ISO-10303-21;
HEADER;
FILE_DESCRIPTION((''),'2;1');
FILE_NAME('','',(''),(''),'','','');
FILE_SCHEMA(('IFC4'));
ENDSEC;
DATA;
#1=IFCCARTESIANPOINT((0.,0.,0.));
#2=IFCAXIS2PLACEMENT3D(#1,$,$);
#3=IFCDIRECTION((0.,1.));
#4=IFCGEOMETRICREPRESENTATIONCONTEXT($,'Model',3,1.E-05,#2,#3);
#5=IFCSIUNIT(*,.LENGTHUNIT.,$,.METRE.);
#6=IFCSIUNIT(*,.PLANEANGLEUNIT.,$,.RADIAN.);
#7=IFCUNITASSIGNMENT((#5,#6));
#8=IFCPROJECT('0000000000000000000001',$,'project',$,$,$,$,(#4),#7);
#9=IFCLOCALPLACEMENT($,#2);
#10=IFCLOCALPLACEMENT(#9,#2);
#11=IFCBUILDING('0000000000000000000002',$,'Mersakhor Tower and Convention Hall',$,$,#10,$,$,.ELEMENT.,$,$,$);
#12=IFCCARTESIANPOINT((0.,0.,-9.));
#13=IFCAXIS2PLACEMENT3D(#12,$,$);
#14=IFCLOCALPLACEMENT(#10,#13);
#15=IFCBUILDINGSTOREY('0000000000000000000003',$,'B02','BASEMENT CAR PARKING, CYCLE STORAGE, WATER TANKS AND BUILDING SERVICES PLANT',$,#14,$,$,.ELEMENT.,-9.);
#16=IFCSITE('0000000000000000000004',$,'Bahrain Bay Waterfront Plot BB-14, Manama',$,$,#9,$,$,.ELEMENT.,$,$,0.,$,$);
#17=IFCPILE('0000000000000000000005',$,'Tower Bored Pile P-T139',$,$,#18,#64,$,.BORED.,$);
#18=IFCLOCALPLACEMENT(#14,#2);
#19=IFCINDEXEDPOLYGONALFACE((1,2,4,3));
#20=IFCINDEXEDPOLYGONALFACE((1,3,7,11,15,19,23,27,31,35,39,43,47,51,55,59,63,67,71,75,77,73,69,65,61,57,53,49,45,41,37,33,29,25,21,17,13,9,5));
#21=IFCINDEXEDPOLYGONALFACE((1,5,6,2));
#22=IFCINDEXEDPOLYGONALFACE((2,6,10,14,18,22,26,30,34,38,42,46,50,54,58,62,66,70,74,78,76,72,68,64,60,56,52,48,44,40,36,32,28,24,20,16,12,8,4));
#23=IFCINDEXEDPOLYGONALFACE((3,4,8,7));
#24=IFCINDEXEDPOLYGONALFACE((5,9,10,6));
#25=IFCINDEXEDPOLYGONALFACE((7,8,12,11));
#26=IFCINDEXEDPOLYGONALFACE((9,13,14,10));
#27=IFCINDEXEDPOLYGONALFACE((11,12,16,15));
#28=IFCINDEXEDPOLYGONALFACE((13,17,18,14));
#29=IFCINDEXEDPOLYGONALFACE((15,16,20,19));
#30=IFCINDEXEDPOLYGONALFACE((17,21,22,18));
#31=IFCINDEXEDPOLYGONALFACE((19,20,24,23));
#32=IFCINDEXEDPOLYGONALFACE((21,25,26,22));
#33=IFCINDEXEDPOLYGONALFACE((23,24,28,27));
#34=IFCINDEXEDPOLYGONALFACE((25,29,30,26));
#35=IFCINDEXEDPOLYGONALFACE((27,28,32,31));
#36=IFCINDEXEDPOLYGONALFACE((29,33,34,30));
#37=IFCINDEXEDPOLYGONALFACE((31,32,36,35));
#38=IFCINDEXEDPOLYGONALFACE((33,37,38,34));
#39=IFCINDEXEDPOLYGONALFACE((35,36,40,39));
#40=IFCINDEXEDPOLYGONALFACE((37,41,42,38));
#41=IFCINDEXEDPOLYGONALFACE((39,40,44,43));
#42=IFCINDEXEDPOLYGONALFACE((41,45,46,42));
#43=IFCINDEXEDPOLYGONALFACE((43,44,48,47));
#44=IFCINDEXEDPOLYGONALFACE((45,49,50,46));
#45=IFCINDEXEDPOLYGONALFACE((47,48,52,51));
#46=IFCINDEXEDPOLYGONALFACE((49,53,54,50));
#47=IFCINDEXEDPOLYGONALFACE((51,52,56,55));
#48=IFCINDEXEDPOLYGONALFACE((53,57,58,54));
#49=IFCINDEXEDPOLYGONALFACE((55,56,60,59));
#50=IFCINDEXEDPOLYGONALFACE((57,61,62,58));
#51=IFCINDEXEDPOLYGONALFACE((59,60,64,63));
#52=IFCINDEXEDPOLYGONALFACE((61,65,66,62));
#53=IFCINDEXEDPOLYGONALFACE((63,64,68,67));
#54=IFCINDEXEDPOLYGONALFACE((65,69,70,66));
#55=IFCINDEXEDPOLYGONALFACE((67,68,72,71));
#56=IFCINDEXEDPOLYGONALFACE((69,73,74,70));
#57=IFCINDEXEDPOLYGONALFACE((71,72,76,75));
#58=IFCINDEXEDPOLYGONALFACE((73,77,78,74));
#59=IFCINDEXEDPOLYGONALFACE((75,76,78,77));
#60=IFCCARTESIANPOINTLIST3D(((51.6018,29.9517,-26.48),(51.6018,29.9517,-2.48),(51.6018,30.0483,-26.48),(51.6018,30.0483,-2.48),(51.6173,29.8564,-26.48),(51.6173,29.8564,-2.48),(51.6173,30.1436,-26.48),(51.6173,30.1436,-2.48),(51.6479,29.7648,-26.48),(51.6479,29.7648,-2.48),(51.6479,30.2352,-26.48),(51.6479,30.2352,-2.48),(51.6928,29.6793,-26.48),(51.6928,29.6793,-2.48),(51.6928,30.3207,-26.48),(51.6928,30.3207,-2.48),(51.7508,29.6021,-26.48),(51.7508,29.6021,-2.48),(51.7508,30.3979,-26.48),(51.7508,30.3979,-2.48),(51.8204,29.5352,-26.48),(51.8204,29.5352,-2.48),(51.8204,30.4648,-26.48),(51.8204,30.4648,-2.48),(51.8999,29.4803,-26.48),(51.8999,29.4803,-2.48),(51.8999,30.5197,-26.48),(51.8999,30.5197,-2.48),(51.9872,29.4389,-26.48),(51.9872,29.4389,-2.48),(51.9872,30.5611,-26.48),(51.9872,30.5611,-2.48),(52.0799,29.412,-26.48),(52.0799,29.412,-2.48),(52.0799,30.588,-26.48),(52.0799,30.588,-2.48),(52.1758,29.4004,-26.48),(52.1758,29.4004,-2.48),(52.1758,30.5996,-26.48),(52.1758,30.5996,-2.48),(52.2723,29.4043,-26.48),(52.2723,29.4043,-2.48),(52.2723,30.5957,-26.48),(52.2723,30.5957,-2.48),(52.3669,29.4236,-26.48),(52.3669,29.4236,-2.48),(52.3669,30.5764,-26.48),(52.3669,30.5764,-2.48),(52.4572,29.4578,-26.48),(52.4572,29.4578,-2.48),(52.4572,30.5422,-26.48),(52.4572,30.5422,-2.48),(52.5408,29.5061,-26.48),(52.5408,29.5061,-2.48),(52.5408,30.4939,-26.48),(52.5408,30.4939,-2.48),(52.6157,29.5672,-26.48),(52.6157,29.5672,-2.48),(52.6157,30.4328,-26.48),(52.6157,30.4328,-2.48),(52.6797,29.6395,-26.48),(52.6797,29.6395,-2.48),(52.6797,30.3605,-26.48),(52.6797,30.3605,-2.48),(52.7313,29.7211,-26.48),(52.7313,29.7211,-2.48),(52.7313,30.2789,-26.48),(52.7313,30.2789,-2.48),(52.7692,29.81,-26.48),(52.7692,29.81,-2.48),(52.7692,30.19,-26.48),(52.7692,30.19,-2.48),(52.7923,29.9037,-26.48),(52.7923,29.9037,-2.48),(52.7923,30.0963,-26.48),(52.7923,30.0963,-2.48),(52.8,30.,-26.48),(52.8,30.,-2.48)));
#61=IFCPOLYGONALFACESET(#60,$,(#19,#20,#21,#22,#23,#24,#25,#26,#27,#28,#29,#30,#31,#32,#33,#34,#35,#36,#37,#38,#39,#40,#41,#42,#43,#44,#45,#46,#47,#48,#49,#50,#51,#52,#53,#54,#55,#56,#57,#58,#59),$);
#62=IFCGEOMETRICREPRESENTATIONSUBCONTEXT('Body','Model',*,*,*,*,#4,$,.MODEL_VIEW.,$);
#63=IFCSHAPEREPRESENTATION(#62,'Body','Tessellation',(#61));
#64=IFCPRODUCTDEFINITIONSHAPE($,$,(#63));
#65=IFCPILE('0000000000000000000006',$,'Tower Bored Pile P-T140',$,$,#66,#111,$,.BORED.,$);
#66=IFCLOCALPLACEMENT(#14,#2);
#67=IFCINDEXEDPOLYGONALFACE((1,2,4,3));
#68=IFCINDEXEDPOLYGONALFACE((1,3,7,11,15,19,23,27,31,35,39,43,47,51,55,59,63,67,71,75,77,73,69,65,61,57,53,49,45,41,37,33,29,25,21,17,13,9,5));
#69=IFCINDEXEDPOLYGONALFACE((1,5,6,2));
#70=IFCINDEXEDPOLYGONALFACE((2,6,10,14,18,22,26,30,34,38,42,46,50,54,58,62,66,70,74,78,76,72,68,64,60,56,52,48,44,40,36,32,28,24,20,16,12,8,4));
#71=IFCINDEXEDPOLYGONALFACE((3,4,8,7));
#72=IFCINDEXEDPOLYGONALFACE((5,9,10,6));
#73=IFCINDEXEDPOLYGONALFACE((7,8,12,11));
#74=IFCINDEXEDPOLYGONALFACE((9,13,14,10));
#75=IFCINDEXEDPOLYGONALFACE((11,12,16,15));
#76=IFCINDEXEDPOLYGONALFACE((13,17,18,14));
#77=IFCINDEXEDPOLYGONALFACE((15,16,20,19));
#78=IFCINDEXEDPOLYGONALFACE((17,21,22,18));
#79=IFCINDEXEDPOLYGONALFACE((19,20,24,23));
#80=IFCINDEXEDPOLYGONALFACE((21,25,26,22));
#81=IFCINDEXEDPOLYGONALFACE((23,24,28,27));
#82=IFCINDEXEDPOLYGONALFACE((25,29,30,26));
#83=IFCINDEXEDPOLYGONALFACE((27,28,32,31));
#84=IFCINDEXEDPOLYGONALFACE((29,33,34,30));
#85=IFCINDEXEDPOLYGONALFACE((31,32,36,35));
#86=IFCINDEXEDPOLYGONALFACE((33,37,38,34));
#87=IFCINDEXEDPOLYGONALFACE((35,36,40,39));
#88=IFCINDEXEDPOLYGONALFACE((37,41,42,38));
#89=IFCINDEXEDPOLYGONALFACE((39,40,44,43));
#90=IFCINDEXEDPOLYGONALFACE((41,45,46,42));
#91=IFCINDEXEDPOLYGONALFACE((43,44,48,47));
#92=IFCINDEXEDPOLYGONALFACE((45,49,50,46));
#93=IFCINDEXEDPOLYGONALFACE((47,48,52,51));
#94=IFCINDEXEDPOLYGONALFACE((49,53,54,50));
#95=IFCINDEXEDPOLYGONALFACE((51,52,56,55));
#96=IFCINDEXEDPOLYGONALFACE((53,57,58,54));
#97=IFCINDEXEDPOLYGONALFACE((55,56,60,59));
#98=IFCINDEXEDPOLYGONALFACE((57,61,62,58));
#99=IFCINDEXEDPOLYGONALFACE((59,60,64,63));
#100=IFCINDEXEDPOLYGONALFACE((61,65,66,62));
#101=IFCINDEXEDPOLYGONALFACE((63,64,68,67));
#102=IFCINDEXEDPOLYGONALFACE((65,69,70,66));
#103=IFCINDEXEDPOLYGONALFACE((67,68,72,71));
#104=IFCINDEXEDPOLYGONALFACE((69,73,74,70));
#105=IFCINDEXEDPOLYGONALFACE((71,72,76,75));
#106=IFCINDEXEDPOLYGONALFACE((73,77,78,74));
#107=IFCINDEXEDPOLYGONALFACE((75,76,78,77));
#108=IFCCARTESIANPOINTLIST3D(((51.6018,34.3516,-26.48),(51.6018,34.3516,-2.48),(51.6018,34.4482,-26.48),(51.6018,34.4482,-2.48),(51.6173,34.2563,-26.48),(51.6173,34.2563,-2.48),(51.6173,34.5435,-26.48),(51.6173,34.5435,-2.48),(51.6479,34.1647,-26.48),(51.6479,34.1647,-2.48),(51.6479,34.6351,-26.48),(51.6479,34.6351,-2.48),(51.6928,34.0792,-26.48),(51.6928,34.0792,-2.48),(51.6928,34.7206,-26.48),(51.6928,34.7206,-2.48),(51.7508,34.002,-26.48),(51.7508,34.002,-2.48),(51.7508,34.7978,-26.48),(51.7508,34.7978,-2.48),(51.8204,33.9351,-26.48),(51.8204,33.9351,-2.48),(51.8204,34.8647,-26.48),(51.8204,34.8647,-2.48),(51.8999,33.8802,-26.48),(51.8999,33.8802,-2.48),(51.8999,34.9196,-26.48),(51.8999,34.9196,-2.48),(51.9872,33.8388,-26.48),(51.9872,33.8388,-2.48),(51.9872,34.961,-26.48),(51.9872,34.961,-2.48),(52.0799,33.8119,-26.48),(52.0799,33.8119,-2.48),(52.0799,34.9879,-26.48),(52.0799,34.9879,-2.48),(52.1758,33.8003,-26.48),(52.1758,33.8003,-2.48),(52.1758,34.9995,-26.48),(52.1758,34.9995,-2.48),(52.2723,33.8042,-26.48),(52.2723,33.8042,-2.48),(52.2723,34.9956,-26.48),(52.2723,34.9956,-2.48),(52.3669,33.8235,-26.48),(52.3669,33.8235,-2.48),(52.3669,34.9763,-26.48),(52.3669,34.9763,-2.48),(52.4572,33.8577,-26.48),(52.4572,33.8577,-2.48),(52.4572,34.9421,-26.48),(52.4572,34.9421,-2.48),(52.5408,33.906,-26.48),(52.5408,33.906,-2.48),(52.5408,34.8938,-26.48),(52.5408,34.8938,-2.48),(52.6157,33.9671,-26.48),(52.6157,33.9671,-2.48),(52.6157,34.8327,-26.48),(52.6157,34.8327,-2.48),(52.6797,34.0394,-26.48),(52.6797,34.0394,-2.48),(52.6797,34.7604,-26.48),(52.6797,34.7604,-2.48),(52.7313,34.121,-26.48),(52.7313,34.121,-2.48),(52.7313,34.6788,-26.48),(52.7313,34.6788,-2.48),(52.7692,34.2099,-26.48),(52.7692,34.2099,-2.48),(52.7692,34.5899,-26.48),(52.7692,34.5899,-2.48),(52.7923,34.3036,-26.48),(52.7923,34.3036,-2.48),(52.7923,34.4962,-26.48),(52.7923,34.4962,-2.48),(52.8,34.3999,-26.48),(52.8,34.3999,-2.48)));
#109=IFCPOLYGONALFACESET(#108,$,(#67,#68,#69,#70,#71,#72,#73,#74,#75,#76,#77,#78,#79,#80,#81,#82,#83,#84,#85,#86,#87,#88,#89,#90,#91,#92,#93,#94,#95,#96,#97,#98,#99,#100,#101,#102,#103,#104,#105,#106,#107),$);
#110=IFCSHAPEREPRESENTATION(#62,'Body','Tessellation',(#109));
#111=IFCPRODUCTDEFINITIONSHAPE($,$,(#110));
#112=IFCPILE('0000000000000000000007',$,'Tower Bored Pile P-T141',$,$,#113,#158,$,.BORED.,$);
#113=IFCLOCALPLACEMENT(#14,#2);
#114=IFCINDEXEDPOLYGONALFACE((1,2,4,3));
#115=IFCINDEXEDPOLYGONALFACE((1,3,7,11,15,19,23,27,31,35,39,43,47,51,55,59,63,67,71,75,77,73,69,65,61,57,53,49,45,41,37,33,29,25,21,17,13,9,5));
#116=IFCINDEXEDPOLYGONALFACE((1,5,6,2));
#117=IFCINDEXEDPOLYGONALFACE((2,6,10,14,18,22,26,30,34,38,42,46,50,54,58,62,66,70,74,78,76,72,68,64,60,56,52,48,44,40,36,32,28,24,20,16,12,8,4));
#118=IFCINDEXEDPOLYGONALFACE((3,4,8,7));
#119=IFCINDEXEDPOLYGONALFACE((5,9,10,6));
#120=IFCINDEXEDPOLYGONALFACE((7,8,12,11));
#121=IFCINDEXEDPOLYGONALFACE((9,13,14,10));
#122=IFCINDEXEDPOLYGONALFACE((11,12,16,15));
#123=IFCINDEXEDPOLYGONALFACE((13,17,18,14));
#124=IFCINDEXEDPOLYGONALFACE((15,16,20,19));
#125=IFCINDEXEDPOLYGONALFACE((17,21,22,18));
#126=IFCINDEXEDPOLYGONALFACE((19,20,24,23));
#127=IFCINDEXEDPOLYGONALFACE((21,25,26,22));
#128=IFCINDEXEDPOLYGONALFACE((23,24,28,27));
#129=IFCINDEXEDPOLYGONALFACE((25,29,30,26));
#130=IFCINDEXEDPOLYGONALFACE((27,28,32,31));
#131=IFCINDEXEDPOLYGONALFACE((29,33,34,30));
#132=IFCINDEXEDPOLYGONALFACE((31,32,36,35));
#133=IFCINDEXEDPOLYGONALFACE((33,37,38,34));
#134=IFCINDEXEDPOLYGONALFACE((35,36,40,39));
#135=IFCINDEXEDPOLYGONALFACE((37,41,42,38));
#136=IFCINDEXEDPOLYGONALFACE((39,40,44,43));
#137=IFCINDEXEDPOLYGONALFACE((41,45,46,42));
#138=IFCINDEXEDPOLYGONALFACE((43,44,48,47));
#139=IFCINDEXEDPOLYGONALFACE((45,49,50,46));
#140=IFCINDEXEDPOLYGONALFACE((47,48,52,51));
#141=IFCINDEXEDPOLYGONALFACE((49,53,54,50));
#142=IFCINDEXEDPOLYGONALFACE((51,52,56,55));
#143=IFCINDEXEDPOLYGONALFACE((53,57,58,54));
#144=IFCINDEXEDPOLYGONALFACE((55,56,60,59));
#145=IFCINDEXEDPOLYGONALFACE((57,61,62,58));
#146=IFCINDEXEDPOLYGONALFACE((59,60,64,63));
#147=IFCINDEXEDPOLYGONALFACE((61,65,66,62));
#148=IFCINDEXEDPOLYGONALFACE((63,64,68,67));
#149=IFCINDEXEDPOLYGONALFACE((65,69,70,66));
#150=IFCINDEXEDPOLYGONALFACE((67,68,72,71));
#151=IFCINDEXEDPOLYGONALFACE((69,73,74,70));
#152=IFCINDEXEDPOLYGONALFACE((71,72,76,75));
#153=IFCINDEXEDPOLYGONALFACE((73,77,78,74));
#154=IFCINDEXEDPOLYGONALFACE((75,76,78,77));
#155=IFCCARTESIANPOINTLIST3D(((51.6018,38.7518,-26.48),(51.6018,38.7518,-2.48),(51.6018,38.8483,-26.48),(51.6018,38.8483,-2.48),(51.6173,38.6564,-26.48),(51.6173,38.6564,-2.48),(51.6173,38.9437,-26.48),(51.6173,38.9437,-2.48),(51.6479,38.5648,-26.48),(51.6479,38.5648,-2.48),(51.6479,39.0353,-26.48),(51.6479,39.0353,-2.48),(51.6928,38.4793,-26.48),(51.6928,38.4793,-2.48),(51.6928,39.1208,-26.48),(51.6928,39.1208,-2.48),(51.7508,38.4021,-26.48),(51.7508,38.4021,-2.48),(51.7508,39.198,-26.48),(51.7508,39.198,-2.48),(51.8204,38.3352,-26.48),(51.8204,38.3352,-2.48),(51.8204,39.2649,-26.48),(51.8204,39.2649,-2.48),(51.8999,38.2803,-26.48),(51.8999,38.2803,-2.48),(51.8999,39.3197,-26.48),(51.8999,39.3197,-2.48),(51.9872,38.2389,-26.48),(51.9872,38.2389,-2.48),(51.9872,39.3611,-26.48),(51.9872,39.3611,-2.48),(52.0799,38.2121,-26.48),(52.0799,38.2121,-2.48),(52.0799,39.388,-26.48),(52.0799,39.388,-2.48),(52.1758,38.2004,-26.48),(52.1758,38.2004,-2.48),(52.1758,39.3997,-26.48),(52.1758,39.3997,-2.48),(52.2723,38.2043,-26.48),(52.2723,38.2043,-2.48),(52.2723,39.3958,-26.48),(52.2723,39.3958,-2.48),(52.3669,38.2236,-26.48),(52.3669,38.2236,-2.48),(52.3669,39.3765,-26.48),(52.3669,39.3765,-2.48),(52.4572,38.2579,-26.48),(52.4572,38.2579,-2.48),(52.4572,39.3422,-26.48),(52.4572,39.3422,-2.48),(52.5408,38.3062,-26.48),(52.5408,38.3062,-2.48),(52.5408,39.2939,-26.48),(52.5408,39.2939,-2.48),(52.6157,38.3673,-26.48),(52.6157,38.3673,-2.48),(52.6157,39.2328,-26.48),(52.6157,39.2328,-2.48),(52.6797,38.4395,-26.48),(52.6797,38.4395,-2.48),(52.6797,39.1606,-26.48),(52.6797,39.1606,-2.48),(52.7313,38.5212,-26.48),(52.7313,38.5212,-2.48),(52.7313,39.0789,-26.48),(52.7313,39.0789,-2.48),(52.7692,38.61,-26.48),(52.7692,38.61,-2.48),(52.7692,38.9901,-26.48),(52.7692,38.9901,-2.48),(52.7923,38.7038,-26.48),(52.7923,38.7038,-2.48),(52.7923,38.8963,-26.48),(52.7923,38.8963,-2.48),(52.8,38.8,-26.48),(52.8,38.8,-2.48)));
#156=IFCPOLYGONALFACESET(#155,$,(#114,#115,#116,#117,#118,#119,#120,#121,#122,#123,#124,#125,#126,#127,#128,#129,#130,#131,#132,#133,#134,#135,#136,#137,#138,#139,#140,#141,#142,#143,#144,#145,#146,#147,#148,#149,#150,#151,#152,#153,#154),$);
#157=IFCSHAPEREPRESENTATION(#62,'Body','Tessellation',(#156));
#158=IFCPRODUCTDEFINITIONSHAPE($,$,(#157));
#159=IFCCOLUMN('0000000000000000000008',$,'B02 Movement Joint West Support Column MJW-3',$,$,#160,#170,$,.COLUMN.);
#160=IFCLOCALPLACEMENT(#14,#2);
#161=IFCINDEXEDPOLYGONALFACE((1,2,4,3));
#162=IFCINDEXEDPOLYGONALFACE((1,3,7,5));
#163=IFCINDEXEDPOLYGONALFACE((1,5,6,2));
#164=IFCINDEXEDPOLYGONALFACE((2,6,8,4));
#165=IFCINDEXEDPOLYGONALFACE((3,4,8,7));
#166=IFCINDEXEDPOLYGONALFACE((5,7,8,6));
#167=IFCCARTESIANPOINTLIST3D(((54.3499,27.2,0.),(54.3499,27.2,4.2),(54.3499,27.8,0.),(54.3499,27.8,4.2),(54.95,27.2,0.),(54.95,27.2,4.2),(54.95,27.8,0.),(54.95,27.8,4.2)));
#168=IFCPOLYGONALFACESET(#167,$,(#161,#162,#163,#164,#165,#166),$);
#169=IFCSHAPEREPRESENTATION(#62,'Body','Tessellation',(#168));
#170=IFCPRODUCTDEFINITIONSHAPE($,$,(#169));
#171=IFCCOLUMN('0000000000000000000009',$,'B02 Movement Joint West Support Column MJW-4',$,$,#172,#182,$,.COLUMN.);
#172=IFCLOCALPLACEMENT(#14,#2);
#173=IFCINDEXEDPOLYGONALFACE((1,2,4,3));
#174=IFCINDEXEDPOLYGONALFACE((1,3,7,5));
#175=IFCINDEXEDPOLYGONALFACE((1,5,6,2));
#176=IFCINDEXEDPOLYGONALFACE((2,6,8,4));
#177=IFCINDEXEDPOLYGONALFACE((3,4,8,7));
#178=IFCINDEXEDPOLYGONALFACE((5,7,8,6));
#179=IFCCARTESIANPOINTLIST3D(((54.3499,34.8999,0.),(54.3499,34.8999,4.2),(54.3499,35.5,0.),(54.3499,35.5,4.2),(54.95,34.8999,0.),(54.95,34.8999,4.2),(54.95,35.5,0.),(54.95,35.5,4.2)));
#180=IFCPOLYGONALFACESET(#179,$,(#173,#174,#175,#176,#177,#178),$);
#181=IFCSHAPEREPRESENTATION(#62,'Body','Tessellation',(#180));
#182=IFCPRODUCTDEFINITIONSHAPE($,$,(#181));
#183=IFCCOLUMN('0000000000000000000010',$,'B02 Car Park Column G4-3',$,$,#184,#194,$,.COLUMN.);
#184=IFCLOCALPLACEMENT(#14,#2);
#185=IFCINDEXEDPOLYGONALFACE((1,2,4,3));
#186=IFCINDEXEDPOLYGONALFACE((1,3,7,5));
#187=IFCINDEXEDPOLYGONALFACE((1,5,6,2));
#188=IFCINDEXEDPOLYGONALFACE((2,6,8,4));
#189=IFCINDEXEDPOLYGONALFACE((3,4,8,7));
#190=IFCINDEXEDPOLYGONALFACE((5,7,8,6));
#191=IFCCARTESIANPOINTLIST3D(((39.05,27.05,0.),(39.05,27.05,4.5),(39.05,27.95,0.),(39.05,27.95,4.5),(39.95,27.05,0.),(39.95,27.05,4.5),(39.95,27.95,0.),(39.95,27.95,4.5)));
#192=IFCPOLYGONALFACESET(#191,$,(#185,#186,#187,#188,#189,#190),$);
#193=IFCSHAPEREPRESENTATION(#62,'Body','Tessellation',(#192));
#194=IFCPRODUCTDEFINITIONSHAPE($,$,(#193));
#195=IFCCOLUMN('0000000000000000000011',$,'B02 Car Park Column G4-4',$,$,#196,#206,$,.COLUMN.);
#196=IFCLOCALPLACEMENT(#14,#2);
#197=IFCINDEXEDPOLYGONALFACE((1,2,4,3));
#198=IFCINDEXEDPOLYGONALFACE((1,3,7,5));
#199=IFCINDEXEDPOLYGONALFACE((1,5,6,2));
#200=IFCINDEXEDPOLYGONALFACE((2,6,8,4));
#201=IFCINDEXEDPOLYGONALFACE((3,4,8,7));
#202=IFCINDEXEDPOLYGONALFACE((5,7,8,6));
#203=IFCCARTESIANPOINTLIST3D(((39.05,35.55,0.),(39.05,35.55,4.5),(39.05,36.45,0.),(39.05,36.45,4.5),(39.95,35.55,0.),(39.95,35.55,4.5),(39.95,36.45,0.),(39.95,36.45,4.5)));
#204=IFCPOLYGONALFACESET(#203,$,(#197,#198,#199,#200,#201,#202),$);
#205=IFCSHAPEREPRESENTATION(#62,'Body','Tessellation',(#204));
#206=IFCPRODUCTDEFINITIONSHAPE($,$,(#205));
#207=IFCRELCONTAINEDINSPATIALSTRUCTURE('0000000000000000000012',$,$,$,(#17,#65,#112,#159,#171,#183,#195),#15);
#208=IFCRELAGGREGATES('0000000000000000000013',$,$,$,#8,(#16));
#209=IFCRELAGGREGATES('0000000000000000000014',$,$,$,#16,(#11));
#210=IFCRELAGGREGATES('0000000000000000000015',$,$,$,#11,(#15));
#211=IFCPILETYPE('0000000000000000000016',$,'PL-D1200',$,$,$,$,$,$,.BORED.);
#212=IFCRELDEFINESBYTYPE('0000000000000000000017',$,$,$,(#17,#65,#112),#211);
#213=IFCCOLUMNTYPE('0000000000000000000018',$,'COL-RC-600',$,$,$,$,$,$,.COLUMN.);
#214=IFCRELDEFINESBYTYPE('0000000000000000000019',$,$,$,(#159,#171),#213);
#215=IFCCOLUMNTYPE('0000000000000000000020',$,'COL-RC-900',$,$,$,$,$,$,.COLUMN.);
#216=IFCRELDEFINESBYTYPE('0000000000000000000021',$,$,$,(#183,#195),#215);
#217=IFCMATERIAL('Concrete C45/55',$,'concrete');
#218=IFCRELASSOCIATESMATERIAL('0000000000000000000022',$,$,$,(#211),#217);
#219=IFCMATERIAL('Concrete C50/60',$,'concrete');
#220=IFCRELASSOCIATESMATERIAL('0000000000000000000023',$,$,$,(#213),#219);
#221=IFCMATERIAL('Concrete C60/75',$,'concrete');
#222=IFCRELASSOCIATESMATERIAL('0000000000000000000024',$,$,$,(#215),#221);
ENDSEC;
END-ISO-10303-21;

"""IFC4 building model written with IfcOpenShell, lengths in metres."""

from ifc_helpers import new_model, si_unit, direction, frame, origin, origin_2d, place, context, subcontext, project, spatial, rectangle, circle, extrude, material, material_profile, profile_set, type_object, element, save


model = new_model("IFC4")

# Units and contexts
model_context = context("Model", 3, precision=1e-05, world=origin(), true_north=direction((0.0, 1.0)))
body_context = subcontext(model_context, "Body", "Model", "MODEL_VIEW")
ifc_project = project(units=[si_unit("LENGTHUNIT", "METRE"), si_unit("PLANEANGLEUNIT", "RADIAN")], contexts=[model_context])

# Site, building, storey
site_placement = place(None, origin())
site = spatial("IfcSite", under=ifc_project, at=site_placement, Name="Bahrain Bay Waterfront Plot BB-14, Manama", CompositionType="ELEMENT", RefElevation=0.0)
building_placement = place(site_placement, origin())
building = spatial("IfcBuilding", under=site, at=building_placement, Name="Mersakhor Tower and Convention Hall", CompositionType="ELEMENT")
storey_placement = place(building_placement, frame((0.0, 0.0, -9.0)))
storey = spatial("IfcBuildingStorey", under=building, at=storey_placement, Name="B02", Description="BASEMENT CAR PARKING, CYCLE STORAGE, WATER TANKS AND BUILDING SERVICES PLANT", CompositionType="ELEMENT", Elevation=-9.0)

# Piles
ifc_material_1 = material(Name="Concrete C45/55", Category="concrete")
ifc_material_profile_1 = material_profile(ifc_material_1, circle(Radius=0.6001, at=origin_2d()), Name="PILE D1200")
ifc_profile_set_1 = profile_set([ifc_material_profile_1], Name="Concrete C45/55")
pile_type_1 = type_object("IfcPileType", Name="PL-D1200", PredefinedType="BORED", material=ifc_profile_set_1)
for number, where, z_axis, x_axis, name in (
    (1, (52.2, 30.0, -2.48), (0.0, 0.0, -1.0), (1.0, 0.0, 0.0), "Tower Bored Pile P-T139"),
    (2, (52.2, 34.3999, -2.48), (0.0, 0.0, -1.0), (1.0, 0.0, 0.0), "Tower Bored Pile P-T140"),
    (3, (52.2, 38.8, -2.48), (0.0, 0.0, -1.0), (1.0, 0.0, 0.0), "Tower Bored Pile P-T141"),
):
    element("IfcPile", number, at=place(storey_placement, frame(where, z_axis=z_axis, x_axis=x_axis)), inside=storey, type_object=pile_type_1, Name=name, PredefinedType="BORED", context=body_context, shape_type="SweptSolid", body=[
        extrude(circle(Radius=0.6001, at=origin_2d()), origin(), (0.0, 0.0, 1.0), 24.0),
    ])

# Columns
ifc_material_2 = material(Name="Concrete C50/60", Category="concrete")
ifc_material_profile_2 = material_profile(ifc_material_2, rectangle(XDim=0.6001, YDim=0.6001, at=origin_2d()), Name="RC 600x600")
ifc_profile_set_2 = profile_set([ifc_material_profile_2], Name="Concrete C50/60")
column_type_1 = type_object("IfcColumnType", Name="COL-RC-600", PredefinedType="COLUMN", material=ifc_profile_set_2)
for number, where, z_axis, x_axis, name in (
    (4, (54.6499, 27.5, 0.0), (0.0, 0.0, 1.0), (1.0, 0.0, 0.0), "B02 Movement Joint West Support Column MJW-3"),
    (5, (54.6499, 35.2, 0.0), (0.0, 0.0, 1.0), (1.0, 0.0, 0.0), "B02 Movement Joint West Support Column MJW-4"),
):
    element("IfcColumn", number, at=place(storey_placement, frame(where, z_axis=z_axis, x_axis=x_axis)), inside=storey, type_object=column_type_1, Name=name, PredefinedType="COLUMN", context=body_context, shape_type="SweptSolid", body=[
        extrude(rectangle(XDim=0.6001, YDim=0.6001, at=origin_2d()), origin(), (0.0, 0.0, 1.0), 4.2),
    ])
ifc_material_3 = material(Name="Concrete C60/75", Category="concrete")
ifc_material_profile_3 = material_profile(ifc_material_3, rectangle(XDim=0.8999, YDim=0.8999, at=origin_2d()), Name="RC 900x900")
ifc_profile_set_3 = profile_set([ifc_material_profile_3], Name="Concrete C60/75")
column_type_2 = type_object("IfcColumnType", Name="COL-RC-900", PredefinedType="COLUMN", material=ifc_profile_set_3)
for number, where, z_axis, x_axis, name in (
    (6, (39.5, 27.5, 0.0), (0.0, 0.0, 1.0), (1.0, 0.0, 0.0), "B02 Car Park Column G4-3"),
    (7, (39.5, 36.0, 0.0), (0.0, 0.0, 1.0), (1.0, 0.0, 0.0), "B02 Car Park Column G4-4"),
):
    element("IfcColumn", number, at=place(storey_placement, frame(where, z_axis=z_axis, x_axis=x_axis)), inside=storey, type_object=column_type_2, Name=name, PredefinedType="COLUMN", context=body_context, shape_type="SweptSolid", body=[
        extrude(rectangle(XDim=0.8999, YDim=0.8999, at=origin_2d()), origin(), (0.0, 0.0, 1.0), 4.5),
    ])

save(model, "model.ifc")
